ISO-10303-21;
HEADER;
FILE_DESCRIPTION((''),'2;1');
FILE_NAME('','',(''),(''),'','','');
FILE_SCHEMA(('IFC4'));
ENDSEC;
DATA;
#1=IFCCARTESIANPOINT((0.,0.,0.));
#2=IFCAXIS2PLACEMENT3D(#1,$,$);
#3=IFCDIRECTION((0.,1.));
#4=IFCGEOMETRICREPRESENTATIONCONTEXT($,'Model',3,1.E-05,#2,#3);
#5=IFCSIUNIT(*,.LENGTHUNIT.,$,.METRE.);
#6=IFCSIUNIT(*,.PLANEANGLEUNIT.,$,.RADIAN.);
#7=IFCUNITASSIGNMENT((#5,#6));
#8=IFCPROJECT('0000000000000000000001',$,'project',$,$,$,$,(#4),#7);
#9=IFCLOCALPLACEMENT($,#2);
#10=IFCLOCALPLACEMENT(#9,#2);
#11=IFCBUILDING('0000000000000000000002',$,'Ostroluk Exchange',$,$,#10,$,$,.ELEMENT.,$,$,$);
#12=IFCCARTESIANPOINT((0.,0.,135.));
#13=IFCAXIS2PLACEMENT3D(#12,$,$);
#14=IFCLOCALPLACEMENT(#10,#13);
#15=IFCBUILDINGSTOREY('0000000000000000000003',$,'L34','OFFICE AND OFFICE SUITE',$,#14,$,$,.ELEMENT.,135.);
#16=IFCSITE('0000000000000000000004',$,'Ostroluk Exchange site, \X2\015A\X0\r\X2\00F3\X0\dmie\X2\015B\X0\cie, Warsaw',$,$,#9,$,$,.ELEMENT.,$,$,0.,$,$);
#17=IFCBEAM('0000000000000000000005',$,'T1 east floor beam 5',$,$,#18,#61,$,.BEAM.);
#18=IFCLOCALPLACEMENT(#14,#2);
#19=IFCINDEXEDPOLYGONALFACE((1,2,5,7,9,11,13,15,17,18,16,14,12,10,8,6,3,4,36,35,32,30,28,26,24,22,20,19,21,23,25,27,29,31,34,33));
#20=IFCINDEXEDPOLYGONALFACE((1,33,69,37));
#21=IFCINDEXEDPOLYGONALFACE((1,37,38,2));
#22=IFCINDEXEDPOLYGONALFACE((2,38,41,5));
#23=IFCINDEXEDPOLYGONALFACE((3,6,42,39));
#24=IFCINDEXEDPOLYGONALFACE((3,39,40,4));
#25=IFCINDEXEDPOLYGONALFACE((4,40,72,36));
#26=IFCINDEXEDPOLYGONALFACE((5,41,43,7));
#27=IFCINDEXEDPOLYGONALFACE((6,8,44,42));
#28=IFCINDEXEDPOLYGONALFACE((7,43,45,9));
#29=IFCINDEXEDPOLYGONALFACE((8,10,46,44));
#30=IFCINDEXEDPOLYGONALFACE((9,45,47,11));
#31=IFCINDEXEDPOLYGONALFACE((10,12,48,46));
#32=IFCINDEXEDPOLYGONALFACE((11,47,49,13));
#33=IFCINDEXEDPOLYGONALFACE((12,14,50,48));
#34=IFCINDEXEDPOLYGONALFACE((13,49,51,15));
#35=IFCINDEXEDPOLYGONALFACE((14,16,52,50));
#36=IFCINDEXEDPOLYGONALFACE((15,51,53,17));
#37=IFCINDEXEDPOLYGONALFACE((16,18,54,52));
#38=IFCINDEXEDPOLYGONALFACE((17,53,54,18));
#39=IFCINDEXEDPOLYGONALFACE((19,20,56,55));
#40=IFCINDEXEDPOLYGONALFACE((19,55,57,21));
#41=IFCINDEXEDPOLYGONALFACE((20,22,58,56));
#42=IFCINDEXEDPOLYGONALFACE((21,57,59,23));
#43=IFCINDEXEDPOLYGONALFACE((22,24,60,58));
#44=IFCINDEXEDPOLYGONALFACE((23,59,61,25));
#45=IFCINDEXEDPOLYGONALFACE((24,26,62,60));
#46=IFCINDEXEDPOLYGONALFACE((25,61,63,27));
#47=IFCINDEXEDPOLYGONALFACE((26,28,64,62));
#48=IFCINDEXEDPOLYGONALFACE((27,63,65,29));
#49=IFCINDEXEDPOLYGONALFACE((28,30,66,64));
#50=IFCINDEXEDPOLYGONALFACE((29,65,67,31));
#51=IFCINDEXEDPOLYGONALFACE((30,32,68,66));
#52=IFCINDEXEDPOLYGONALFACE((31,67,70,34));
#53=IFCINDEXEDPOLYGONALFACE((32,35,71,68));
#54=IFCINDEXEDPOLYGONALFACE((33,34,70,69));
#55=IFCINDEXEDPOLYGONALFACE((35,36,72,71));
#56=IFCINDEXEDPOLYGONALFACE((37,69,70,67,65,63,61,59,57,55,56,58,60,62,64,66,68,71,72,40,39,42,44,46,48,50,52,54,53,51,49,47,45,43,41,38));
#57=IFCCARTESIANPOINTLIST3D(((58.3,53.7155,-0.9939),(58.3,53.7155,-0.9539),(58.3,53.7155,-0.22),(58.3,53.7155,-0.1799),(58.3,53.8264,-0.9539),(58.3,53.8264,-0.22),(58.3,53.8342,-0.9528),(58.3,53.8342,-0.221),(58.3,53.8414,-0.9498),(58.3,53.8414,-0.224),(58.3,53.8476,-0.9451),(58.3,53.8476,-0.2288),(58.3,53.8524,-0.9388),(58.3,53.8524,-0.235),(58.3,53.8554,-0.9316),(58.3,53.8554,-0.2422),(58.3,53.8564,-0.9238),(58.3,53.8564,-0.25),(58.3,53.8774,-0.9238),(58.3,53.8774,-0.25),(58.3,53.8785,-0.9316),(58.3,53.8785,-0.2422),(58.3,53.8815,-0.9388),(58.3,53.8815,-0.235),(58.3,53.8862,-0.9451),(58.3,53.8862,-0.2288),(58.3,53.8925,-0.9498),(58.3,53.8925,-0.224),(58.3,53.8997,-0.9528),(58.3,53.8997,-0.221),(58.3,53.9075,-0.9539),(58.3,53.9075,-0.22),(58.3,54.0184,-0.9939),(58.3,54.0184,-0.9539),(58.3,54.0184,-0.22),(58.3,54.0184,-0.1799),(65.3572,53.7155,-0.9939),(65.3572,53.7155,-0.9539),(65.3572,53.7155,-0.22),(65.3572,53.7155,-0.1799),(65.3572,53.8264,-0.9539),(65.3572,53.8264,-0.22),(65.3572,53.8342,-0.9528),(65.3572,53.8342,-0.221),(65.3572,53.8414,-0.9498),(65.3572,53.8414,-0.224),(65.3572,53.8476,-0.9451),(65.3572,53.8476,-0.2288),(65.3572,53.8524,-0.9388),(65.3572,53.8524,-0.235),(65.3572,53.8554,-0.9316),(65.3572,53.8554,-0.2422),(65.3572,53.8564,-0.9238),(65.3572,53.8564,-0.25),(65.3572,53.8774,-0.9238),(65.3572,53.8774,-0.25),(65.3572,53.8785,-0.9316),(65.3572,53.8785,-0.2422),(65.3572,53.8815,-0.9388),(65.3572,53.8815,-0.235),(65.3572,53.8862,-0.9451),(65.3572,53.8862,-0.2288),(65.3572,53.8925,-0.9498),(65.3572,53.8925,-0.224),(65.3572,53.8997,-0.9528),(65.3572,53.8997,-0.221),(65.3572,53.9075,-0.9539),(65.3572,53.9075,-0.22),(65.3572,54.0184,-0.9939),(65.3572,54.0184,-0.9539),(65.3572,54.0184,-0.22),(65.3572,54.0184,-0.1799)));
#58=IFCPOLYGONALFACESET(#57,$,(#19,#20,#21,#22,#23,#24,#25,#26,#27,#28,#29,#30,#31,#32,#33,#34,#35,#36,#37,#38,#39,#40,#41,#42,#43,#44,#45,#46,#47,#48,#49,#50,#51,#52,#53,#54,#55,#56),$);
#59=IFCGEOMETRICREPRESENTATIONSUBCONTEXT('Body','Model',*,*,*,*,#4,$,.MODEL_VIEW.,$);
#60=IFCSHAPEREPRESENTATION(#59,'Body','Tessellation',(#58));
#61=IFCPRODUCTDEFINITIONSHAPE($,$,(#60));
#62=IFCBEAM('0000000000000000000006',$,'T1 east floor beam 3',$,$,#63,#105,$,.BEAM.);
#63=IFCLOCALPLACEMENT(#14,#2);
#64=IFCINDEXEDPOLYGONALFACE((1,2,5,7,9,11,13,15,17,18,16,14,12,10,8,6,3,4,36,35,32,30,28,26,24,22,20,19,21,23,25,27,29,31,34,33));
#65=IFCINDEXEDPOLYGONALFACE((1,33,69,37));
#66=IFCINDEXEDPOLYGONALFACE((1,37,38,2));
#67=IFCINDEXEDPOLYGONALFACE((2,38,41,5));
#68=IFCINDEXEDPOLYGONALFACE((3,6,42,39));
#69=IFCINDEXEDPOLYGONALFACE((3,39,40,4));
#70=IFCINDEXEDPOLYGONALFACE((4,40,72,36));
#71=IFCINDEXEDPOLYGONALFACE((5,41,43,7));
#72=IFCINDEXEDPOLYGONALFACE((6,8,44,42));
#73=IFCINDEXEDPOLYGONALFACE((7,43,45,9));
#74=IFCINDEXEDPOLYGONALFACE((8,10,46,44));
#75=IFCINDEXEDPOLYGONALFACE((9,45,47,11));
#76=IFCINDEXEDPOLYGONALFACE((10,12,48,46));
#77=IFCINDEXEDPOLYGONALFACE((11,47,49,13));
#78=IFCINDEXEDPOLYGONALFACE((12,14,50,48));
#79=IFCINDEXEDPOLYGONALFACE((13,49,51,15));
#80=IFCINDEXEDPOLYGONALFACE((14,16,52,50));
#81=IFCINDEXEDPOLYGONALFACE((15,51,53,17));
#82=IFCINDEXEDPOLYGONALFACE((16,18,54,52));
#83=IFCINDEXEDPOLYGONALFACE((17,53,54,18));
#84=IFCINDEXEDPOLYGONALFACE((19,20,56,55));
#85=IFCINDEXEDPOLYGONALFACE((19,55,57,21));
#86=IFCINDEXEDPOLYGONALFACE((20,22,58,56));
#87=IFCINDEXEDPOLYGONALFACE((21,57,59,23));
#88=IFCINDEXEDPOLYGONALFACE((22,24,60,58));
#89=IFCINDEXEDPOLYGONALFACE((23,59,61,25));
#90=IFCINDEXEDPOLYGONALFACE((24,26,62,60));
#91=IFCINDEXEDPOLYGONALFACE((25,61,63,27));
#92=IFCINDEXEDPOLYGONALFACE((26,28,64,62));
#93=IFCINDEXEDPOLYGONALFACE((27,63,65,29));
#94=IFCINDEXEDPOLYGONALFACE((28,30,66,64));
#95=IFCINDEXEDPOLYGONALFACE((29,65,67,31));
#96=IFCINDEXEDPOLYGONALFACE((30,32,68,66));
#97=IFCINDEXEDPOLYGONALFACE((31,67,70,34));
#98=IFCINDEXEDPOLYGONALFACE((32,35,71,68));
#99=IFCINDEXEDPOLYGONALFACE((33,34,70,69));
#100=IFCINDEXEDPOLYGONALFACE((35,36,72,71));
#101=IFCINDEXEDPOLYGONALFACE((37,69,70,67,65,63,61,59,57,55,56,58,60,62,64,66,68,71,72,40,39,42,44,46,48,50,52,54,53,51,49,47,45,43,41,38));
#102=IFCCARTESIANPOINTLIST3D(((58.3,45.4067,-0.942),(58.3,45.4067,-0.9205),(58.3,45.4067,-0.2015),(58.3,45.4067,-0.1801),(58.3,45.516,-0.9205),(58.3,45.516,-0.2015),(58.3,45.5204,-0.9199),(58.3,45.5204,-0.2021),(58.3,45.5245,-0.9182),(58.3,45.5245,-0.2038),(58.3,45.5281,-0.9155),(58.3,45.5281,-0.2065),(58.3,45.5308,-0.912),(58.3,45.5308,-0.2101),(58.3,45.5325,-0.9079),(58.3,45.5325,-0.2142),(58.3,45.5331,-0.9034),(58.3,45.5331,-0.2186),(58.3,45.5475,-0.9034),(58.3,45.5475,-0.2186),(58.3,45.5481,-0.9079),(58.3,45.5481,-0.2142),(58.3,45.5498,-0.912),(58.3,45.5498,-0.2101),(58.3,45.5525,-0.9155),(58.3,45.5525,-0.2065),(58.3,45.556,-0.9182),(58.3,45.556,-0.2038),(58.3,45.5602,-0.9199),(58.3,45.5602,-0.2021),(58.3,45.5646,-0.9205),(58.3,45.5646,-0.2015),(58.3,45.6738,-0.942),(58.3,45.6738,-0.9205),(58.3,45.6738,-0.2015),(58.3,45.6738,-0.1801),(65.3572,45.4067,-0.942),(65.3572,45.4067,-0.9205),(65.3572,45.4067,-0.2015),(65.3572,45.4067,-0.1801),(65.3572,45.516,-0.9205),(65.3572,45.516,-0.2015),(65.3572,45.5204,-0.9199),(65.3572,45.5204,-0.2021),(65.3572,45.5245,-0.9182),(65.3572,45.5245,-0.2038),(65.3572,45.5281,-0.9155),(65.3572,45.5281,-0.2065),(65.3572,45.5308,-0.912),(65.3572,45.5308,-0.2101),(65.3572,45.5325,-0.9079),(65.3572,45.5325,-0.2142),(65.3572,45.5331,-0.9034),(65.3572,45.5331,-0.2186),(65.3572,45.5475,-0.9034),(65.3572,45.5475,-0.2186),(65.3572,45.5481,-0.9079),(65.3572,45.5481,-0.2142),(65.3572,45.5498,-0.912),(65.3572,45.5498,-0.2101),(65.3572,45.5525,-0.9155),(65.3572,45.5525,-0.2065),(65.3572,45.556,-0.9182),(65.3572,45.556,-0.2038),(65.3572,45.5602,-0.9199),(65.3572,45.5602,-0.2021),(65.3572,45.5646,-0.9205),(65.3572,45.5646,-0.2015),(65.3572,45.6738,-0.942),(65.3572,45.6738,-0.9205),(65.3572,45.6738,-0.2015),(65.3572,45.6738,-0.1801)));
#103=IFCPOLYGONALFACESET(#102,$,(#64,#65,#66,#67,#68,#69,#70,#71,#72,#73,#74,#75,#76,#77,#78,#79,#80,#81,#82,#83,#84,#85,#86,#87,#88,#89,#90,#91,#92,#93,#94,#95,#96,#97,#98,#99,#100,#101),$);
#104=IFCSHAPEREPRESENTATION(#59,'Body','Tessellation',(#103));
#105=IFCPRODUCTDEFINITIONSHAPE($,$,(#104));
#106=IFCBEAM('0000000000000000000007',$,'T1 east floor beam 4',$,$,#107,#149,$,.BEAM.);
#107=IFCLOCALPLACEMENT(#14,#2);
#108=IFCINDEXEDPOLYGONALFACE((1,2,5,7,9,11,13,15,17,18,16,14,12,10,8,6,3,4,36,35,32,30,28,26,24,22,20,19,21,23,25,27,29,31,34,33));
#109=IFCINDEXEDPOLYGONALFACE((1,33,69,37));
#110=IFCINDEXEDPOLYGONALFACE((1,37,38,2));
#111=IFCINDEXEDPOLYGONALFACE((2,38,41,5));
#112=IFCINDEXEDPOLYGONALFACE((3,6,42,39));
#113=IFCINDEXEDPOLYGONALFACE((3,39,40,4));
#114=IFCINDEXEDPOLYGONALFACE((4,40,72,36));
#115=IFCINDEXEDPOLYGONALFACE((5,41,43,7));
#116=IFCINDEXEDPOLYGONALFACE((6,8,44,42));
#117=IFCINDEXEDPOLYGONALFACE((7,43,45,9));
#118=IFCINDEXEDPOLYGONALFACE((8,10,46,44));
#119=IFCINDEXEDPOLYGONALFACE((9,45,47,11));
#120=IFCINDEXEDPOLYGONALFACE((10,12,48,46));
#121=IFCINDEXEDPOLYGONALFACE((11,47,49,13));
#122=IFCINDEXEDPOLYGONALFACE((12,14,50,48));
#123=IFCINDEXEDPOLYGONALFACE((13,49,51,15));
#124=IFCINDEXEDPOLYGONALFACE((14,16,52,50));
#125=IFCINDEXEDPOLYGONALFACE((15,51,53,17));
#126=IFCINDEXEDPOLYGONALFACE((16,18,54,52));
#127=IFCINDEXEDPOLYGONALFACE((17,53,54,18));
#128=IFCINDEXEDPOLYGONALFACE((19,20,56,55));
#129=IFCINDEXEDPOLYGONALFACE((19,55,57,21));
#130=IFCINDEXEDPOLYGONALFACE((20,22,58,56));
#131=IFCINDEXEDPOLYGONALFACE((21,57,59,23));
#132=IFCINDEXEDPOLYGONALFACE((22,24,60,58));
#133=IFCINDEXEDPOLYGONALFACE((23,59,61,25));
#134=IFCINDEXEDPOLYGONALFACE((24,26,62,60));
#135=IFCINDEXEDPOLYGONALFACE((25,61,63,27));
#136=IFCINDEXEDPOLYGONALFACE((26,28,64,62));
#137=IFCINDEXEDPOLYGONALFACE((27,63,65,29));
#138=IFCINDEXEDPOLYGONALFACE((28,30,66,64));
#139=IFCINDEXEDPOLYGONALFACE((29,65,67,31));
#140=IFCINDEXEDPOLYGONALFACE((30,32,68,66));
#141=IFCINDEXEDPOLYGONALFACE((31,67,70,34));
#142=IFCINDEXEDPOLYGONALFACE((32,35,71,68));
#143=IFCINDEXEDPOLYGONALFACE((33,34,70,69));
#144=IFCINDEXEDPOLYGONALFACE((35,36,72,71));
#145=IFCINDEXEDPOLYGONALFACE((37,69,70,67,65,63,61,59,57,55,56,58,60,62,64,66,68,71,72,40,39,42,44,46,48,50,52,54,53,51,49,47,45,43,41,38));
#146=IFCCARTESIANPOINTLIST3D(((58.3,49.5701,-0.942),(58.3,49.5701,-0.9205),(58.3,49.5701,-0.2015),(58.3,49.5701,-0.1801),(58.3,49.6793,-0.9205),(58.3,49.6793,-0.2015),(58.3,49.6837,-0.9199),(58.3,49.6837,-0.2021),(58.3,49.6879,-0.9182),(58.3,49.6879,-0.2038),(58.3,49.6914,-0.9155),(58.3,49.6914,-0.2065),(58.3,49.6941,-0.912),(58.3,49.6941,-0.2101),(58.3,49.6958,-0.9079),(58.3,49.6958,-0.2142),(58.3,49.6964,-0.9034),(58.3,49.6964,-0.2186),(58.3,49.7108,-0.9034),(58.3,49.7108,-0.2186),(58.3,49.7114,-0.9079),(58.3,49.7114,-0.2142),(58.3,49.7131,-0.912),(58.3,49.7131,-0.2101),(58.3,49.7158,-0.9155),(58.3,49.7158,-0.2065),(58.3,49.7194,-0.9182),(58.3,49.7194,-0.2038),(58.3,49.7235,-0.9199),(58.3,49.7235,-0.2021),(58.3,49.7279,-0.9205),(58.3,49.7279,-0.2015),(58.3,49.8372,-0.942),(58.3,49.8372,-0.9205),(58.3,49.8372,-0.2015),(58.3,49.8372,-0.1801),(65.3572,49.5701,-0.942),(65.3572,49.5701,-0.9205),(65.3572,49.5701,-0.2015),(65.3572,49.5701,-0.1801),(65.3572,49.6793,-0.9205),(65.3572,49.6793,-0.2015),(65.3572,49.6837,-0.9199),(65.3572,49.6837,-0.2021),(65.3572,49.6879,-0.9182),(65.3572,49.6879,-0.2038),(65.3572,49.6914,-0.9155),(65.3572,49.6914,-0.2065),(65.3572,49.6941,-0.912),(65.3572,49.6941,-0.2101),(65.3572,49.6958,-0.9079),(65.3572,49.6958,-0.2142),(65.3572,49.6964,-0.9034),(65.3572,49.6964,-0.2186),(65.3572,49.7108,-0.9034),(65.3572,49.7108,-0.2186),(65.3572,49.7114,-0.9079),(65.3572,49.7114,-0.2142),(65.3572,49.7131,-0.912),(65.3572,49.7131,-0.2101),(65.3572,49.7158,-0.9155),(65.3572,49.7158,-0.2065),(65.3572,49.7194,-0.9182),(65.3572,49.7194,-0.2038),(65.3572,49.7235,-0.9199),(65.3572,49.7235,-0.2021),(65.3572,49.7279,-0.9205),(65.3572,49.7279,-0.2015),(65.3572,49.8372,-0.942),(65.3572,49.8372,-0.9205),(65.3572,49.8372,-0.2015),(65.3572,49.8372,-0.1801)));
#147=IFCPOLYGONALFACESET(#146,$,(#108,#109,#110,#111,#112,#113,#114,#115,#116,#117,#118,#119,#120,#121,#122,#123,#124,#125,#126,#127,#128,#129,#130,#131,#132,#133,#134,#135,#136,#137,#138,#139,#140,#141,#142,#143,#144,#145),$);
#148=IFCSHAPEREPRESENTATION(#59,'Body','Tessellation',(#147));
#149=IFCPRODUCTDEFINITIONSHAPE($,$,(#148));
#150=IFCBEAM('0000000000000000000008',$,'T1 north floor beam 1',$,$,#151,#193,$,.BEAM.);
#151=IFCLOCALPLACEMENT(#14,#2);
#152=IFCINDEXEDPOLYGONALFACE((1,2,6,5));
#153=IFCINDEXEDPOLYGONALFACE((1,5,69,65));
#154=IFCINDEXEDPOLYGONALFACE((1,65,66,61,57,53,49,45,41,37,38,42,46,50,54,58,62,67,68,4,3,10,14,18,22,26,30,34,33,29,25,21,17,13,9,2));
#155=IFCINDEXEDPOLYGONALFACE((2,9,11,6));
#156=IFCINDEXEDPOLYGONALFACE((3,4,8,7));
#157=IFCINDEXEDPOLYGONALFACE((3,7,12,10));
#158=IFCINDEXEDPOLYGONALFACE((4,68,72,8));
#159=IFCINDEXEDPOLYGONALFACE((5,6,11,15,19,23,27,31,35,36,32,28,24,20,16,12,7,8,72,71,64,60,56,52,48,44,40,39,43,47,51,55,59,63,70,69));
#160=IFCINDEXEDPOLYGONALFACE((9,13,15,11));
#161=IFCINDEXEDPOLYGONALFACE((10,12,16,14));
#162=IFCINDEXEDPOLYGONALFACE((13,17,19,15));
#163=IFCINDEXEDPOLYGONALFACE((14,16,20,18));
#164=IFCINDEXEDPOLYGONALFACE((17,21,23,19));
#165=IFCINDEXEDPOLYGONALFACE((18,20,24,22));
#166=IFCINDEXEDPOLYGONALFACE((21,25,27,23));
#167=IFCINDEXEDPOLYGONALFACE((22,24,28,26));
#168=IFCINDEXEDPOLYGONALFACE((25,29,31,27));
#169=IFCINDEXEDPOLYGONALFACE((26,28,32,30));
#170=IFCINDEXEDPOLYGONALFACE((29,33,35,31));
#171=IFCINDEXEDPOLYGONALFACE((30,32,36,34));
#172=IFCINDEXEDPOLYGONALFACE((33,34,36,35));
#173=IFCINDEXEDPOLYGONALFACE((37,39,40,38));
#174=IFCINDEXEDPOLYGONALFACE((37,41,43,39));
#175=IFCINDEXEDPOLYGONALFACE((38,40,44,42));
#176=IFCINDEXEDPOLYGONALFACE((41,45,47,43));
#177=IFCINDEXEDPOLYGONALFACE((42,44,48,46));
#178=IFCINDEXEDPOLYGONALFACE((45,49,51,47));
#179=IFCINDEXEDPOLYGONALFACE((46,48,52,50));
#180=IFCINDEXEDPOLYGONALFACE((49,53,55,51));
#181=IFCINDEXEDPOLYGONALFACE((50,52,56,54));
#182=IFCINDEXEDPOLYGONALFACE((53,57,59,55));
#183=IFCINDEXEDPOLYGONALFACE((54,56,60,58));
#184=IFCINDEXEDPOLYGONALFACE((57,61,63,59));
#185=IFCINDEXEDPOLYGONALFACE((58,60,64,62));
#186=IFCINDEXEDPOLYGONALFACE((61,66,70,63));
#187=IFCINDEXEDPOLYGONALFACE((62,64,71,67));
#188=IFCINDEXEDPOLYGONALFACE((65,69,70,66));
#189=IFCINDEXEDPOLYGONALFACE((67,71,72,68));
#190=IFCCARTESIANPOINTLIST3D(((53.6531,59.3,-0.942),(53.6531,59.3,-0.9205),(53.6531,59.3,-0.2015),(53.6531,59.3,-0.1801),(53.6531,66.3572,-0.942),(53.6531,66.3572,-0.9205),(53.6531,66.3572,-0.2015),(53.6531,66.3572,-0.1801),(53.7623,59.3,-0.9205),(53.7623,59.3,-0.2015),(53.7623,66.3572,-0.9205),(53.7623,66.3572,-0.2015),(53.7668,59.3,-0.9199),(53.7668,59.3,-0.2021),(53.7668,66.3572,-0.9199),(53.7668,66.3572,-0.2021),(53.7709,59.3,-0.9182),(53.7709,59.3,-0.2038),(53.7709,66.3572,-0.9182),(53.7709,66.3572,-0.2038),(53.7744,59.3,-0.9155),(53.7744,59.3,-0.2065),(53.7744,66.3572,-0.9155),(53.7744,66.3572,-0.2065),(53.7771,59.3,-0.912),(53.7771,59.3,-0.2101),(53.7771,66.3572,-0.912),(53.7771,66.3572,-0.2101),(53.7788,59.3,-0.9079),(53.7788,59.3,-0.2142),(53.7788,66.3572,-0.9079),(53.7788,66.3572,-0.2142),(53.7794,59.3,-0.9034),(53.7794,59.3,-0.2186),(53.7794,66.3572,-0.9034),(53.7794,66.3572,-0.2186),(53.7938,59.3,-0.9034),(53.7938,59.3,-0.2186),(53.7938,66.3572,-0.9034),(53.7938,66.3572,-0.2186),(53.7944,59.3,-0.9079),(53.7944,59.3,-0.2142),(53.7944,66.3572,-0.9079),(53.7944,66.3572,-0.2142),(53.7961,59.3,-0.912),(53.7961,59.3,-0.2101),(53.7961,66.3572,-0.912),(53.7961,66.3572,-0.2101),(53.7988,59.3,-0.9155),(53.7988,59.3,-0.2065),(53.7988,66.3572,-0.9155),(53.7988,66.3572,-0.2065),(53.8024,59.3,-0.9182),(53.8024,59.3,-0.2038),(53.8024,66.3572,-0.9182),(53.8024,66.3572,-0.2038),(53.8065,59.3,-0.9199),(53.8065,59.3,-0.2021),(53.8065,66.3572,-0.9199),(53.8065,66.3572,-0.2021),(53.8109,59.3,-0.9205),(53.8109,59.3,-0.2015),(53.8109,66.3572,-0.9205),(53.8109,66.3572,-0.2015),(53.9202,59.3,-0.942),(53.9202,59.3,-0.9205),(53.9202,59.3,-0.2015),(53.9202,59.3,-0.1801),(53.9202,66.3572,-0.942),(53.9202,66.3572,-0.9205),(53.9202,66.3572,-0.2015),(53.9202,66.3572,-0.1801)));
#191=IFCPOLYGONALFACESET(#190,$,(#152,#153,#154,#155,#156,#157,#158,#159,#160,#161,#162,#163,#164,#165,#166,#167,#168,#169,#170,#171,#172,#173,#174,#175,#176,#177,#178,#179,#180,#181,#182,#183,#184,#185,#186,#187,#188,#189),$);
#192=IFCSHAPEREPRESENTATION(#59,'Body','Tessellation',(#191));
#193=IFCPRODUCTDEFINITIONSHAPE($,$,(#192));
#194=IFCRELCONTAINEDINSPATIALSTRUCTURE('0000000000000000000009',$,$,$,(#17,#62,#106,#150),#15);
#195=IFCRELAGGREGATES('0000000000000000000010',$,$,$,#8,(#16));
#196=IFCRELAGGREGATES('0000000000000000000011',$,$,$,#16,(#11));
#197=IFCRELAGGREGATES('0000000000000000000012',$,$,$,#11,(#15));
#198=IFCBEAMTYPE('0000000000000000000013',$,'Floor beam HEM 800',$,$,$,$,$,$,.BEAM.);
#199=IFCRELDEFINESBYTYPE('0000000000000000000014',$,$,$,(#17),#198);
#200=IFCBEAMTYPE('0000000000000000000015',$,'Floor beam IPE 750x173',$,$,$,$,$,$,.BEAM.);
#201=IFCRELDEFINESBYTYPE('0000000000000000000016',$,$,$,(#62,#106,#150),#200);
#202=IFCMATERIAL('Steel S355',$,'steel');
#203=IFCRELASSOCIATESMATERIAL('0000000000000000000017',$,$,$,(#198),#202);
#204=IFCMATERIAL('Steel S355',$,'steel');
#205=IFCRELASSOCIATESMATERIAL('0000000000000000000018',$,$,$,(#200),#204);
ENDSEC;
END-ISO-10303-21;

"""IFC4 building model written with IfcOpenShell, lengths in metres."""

from ifc_helpers import new_model, si_unit, direction, frame, origin, origin_2d, place, context, subcontext, project, spatial, i_section, extrude, material, material_profile, profile_set, type_object, element, save


model = new_model("IFC4")

# Units and contexts
model_context = context("Model", 3, precision=1e-05, world=origin(), true_north=direction((0.0, 1.0)))
body_context = subcontext(model_context, "Body", "Model", "MODEL_VIEW")
ifc_project = project(units=[si_unit("LENGTHUNIT", "METRE"), si_unit("PLANEANGLEUNIT", "RADIAN")], contexts=[model_context])

# Site, building, storey
site_placement = place(None, origin())
site = spatial("IfcSite", under=ifc_project, at=site_placement, Name="Ostroluk Exchange site, Śródmieście, Warsaw", CompositionType="ELEMENT", RefElevation=0.0)
building_placement = place(site_placement, origin())
building = spatial("IfcBuilding", under=site, at=building_placement, Name="Ostroluk Exchange", CompositionType="ELEMENT")
storey_placement = place(building_placement, frame((0.0, 0.0, 135.0)))
storey = spatial("IfcBuildingStorey", under=building, at=storey_placement, Name="L34", Description="OFFICE AND OFFICE SUITE", CompositionType="ELEMENT", Elevation=135.0)

# Beams
ifc_material_1 = material(Name="Steel S355", Category="steel")
ifc_material_profile_1 = material_profile(ifc_material_1, i_section(OverallWidth=0.303, OverallDepth=0.814, WebThickness=0.021, FlangeThickness=0.04, FilletRadius=0.03, at=origin_2d()), Name="HEM 800")
ifc_profile_set_1 = profile_set([ifc_material_profile_1], Name="Steel S355")
beam_type_1 = type_object("IfcBeamType", Name="Floor beam HEM 800", PredefinedType="BEAM", material=ifc_profile_set_1)
beam_1_placement = place(storey_placement, frame((58.3, 53.8669, -0.5869), z_axis=(1.0, 0.0, 0.0), x_axis=(0.0, 1.0, 0.0)))
element("IfcBeam", 1, at=beam_1_placement, inside=storey, type_object=beam_type_1, Name="T1 east floor beam 5", PredefinedType="BEAM", context=body_context, shape_type="SweptSolid", body=[
    extrude(i_section(OverallWidth=0.303, OverallDepth=0.814, WebThickness=0.021, FlangeThickness=0.04, FilletRadius=0.03, at=origin_2d()), origin(), (0.0, 0.0, 1.0), 7.0571),
])
ifc_material_2 = material(Name="Steel S355", Category="steel")
ifc_material_profile_2 = material_profile(ifc_material_2, i_section(OverallWidth=0.2671, OverallDepth=0.762, WebThickness=0.0144, FlangeThickness=0.0215, FilletRadius=0.0171, at=origin_2d()), Name="IPE 750x173")
ifc_profile_set_2 = profile_set([ifc_material_profile_2], Name="Steel S355")
beam_type_2 = type_object("IfcBeamType", Name="Floor beam IPE 750x173", PredefinedType="BEAM", material=ifc_profile_set_2)
for number, where, z_axis, x_axis, name in (
    (2, (58.3, 45.5403, -0.561), (1.0, 0.0, 0.0), (0.0, 1.0, 0.0), "T1 east floor beam 3"),
    (3, (58.3, 49.7036, -0.561), (1.0, 0.0, 0.0), (0.0, 1.0, 0.0), "T1 east floor beam 4"),
    (4, (53.7866, 59.3, -0.561), (0.0, 1.0, 0.0), (-1.0, 0.0, 0.0), "T1 north floor beam 1"),
):
    element("IfcBeam", number, at=place(storey_placement, frame(where, z_axis=z_axis, x_axis=x_axis)), inside=storey, type_object=beam_type_2, Name=name, PredefinedType="BEAM", context=body_context, shape_type="SweptSolid", body=[
        extrude(i_section(OverallWidth=0.2671, OverallDepth=0.762, WebThickness=0.0144, FlangeThickness=0.0215, FilletRadius=0.0171, at=origin_2d()), origin(), (0.0, 0.0, 1.0), 7.0571),
    ])

save(model, "model.ifc")
